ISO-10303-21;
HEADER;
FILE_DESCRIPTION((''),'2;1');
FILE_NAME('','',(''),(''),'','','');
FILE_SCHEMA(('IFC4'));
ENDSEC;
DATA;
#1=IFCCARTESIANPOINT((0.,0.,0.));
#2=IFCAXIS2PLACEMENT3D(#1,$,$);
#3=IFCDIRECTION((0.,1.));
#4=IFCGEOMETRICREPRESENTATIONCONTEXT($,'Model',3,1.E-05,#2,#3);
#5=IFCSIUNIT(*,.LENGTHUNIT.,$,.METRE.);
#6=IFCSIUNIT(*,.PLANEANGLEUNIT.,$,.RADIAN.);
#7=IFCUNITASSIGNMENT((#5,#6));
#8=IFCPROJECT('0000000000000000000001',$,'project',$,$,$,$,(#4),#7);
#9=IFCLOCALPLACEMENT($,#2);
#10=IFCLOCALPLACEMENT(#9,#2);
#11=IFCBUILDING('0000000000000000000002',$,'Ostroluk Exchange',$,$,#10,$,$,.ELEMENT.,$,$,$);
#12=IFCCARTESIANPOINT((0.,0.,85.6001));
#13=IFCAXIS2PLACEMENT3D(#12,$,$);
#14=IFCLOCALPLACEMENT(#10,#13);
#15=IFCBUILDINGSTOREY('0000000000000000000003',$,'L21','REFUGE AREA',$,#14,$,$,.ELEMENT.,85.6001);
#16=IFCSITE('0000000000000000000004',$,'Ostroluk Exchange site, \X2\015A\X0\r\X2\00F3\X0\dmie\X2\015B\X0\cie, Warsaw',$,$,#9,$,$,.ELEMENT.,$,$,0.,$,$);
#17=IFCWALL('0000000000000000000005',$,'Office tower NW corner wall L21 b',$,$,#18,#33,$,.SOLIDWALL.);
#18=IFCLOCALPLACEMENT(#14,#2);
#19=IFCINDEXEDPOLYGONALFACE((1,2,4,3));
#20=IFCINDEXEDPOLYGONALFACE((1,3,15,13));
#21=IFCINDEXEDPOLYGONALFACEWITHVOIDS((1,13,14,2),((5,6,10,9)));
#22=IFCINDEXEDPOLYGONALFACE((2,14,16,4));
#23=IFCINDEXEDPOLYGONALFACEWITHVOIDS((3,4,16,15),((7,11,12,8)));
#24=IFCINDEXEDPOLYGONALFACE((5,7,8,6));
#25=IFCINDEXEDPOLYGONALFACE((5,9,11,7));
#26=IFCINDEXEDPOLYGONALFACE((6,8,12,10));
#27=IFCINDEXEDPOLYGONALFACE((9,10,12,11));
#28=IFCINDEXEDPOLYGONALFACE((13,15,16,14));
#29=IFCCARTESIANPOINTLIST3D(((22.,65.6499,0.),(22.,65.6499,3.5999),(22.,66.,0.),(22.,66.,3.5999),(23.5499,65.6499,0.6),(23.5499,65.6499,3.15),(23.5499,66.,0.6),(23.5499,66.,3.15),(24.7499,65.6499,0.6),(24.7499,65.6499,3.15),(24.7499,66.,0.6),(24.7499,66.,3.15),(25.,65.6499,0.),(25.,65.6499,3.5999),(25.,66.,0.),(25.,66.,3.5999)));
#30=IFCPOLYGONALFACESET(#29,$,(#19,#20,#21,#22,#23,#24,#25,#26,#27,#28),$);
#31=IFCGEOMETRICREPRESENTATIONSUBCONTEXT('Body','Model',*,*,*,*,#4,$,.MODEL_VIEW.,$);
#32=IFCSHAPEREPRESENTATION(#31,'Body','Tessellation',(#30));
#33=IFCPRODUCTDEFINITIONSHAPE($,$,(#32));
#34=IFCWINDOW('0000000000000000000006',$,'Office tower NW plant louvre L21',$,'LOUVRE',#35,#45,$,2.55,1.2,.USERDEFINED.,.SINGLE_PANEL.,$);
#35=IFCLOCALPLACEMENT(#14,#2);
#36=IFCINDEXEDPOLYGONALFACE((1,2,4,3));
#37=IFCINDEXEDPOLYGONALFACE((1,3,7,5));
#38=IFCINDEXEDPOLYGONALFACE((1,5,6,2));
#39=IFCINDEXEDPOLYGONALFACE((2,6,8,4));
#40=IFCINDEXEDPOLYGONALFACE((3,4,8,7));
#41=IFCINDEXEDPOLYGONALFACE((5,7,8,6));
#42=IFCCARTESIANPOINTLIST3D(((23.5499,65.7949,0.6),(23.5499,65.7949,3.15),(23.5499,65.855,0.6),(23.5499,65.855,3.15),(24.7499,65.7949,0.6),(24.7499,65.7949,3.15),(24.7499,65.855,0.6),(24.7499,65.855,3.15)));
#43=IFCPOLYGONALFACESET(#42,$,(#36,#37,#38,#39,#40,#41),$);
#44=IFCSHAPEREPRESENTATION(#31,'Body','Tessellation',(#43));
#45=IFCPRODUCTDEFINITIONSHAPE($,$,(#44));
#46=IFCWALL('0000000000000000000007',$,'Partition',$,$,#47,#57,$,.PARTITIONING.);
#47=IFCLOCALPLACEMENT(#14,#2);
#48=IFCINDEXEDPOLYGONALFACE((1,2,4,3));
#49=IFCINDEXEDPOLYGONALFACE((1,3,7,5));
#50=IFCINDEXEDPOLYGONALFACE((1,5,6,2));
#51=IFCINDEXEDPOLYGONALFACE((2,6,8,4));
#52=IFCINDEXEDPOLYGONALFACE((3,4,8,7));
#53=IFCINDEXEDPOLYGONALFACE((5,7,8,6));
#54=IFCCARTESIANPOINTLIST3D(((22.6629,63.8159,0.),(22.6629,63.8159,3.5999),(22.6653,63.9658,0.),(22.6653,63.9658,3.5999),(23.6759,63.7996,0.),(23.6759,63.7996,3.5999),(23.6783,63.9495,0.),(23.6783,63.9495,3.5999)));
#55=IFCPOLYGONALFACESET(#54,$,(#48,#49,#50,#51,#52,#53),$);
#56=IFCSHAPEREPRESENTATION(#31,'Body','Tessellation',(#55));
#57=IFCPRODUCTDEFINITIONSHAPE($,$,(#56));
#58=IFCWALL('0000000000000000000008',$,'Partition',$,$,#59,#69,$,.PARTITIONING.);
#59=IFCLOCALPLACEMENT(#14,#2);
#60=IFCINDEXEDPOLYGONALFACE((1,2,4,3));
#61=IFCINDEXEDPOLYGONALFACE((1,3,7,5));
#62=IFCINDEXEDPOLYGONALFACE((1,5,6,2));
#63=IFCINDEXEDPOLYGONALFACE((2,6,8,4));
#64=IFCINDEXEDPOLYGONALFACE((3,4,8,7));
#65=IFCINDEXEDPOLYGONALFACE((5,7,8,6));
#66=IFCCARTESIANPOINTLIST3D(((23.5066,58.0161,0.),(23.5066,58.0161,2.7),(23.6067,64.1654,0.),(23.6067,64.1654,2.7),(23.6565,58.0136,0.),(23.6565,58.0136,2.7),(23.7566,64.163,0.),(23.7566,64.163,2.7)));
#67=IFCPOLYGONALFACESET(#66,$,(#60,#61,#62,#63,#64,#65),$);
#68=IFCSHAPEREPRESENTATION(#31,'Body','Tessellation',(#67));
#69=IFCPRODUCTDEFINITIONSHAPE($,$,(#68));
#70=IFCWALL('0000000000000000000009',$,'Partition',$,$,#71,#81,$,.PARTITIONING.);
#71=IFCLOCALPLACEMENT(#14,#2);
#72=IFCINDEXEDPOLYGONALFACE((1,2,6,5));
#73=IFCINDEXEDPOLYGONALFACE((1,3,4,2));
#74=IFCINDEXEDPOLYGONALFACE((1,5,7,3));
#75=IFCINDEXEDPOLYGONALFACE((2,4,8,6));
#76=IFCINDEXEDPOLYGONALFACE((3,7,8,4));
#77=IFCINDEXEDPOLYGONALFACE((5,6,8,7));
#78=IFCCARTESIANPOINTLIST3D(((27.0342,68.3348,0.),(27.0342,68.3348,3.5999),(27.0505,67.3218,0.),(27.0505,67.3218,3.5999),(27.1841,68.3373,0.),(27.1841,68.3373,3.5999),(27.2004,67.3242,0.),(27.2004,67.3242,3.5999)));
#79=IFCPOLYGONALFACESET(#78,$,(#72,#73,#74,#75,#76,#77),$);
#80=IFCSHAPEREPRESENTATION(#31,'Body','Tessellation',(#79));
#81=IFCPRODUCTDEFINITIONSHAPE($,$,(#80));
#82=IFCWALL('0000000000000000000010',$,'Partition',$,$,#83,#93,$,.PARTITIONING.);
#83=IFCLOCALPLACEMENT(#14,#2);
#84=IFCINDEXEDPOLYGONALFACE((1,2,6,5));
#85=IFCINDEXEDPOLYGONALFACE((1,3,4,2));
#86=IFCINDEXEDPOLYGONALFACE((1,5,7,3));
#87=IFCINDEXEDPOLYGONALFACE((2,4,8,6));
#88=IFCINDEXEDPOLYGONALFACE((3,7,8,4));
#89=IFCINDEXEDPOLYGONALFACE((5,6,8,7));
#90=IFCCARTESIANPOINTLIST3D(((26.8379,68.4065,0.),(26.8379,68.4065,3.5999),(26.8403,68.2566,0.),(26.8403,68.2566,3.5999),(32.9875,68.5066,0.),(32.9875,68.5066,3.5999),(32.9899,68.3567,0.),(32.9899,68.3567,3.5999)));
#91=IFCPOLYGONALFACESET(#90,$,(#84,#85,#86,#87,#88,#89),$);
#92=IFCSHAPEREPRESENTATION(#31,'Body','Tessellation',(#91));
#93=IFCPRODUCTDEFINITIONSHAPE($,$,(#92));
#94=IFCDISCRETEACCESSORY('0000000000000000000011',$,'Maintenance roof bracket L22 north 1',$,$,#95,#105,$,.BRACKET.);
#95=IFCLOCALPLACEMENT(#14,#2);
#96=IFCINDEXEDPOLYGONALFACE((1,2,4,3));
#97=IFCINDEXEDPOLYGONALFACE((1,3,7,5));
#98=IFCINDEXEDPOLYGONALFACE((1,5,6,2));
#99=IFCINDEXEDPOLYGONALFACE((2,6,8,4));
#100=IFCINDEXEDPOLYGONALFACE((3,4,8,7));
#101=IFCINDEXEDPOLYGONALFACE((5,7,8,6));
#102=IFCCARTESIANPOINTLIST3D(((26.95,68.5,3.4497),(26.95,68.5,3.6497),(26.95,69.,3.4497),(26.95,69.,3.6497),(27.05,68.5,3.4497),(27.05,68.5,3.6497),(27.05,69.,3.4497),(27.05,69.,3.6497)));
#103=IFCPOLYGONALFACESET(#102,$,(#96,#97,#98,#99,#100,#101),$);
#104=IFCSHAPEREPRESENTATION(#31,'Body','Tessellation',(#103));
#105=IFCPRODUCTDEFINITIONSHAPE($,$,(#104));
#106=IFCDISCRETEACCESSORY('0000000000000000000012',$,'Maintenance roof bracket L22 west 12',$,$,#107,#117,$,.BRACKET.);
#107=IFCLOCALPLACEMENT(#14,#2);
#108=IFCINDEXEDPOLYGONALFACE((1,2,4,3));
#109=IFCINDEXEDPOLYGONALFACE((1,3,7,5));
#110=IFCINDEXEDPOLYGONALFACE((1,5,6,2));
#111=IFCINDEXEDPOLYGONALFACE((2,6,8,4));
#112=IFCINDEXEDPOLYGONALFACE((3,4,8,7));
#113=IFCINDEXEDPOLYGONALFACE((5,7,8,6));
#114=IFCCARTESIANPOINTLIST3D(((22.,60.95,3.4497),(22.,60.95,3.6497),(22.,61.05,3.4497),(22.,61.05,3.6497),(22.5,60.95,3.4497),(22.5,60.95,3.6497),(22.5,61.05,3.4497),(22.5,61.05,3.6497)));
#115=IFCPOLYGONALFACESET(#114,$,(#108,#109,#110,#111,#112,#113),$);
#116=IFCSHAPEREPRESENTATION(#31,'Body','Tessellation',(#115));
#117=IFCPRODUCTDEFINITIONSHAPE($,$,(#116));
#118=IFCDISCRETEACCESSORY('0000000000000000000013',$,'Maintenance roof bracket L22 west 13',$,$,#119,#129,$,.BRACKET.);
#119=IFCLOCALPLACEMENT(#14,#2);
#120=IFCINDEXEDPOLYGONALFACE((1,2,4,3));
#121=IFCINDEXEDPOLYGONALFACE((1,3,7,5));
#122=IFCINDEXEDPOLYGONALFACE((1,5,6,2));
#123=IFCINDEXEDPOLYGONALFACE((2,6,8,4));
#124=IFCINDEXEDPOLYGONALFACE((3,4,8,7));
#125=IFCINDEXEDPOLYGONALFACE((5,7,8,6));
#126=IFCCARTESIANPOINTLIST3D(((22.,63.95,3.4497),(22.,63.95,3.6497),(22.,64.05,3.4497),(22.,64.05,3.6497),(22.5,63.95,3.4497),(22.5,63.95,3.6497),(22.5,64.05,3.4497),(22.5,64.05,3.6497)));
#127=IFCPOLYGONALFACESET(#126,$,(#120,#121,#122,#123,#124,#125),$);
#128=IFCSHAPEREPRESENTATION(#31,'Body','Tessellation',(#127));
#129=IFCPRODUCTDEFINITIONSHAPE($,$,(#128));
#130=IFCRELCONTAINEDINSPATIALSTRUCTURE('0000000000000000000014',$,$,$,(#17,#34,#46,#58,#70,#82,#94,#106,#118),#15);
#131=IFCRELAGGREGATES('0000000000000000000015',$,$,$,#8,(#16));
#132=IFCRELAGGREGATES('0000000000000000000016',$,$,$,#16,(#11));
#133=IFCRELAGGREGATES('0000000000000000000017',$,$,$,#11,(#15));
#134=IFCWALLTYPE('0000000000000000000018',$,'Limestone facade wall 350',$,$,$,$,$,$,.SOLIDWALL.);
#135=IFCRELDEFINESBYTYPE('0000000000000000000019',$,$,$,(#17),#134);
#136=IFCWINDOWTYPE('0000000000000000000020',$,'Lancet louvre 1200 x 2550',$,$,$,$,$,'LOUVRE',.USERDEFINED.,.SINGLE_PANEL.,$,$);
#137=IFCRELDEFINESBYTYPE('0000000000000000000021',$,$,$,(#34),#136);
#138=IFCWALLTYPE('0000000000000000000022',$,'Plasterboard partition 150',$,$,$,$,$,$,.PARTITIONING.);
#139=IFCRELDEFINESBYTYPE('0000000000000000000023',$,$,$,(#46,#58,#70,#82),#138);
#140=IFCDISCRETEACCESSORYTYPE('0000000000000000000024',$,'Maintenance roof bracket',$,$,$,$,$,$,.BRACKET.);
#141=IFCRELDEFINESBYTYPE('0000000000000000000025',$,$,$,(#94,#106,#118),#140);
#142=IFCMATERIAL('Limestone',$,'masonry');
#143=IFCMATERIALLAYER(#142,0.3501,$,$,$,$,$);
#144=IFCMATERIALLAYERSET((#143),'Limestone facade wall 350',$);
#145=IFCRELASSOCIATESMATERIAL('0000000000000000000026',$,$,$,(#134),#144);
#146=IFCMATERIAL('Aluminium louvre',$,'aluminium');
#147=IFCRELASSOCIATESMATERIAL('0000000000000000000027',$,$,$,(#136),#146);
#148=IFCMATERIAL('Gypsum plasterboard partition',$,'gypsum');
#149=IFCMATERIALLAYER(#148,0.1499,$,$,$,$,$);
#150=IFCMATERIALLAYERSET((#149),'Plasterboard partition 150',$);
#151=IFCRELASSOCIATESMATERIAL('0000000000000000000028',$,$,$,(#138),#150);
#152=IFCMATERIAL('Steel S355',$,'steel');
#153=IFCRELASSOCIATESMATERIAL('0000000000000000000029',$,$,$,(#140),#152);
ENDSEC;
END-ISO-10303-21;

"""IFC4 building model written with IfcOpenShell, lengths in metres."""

from ifc_helpers import new_model, si_unit, direction, frame, frame_2d, origin, origin_2d, place, context, subcontext, project, spatial, rectangle, extrude, material, layer, layer_set, type_object, element, fill, save


model = new_model("IFC4")

# Units and contexts
model_context = context("Model", 3, precision=1e-05, world=origin(), true_north=direction((0.0, 1.0)))
body_context = subcontext(model_context, "Body", "Model", "MODEL_VIEW")
ifc_project = project(units=[si_unit("LENGTHUNIT", "METRE"), si_unit("PLANEANGLEUNIT", "RADIAN")], contexts=[model_context])

# Site, building, storey
site_placement = place(None, origin())
site = spatial("IfcSite", under=ifc_project, at=site_placement, Name="Ostroluk Exchange site, Śródmieście, Warsaw", CompositionType="ELEMENT", RefElevation=0.0)
building_placement = place(site_placement, origin())
building = spatial("IfcBuilding", under=site, at=building_placement, Name="Ostroluk Exchange", CompositionType="ELEMENT")
storey_placement = place(building_placement, frame((0.0, 0.0, 85.6001)))
storey = spatial("IfcBuildingStorey", under=building, at=storey_placement, Name="L21", Description="REFUGE AREA", CompositionType="ELEMENT", Elevation=85.6001)

# Wall, opening, window
ifc_material_1 = material(Name="Limestone", Category="masonry")
ifc_layer_1 = layer(ifc_material_1, 0.3501)
ifc_layer_set_1 = layer_set([ifc_layer_1], Name="Limestone facade wall 350")
wall_type_1 = type_object("IfcWallType", Name="Limestone facade wall 350", PredefinedType="SOLIDWALL", material=ifc_layer_set_1)
ifc_material_2 = material(Name="Aluminium louvre", Category="aluminium")
window_type = type_object("IfcWindowType", Name="Lancet louvre 1200 x 2550", ElementType="LOUVRE", PartitioningType="SINGLE_PANEL", PredefinedType="USERDEFINED", material=ifc_material_2)
wall_1_placement = place(storey_placement, frame((25.0, 65.825, 0.0), z_axis=(0.0, 0.0, 1.0), x_axis=(-1.0, 0.0, 0.0)))
wall_1 = element("IfcWall", 1, at=wall_1_placement, inside=storey, type_object=wall_type_1, Name="Office tower NW corner wall L21 b", PredefinedType="SOLIDWALL", context=body_context, shape_type="SweptSolid", body=[
    extrude(rectangle(XDim=3.0, YDim=0.3501, at=frame_2d((1.5, 0.0))), origin(), (0.0, 0.0, 1.0), 3.5999),
])
opening_1_placement = place(wall_1_placement, frame((0.25, 0.0, 0.6001)))
opening_1 = element("IfcOpeningElement", 2, at=opening_1_placement, cuts=wall_1, PredefinedType="OPENING", context=body_context, shape_type="SweptSolid", body=[
    extrude(rectangle(XDim=1.2, YDim=2.55, at=frame_2d((0.6001, 1.2749))), frame((0.0, 0.1851, 0.0), z_axis=(0.0, -1.0, 0.0), x_axis=(1.0, 0.0, 0.0)), (0.0, 0.0, 1.0), 0.3701),
])
window_1_placement = place(opening_1_placement, origin())
window_1 = element("IfcWindow", 3, at=window_1_placement, inside=storey, type_object=window_type, Name="Office tower NW plant louvre L21", ObjectType="LOUVRE", OverallHeight=2.55, OverallWidth=1.2, PartitioningType="SINGLE_PANEL", PredefinedType="USERDEFINED", context=body_context, shape_type="SweptSolid", body=[
    extrude(rectangle(XDim=1.2, YDim=2.55, at=frame_2d((0.6001, 1.2749))), frame((0.0, 0.03, 0.0), z_axis=(0.0, -1.0, 0.0), x_axis=(1.0, 0.0, 0.0)), (0.0, 0.0, 1.0), 0.0601),
])
fill(opening_1, window_1)

# Walls
ifc_material_3 = material(Name="Gypsum plasterboard partition", Category="gypsum")
ifc_layer_2 = layer(ifc_material_3, 0.1499)
ifc_layer_set_2 = layer_set([ifc_layer_2], Name="Plasterboard partition 150")
wall_type_2 = type_object("IfcWallType", Name="Plasterboard partition 150", PredefinedType="PARTITIONING", material=ifc_layer_set_2)
wall_2_placement = place(storey_placement, frame((22.6641, 63.8909, 0.0), z_axis=(0.0, 0.0, 1.0), x_axis=(0.99987, -0.016146, 0.0)))
element("IfcWall", 4, at=wall_2_placement, inside=storey, type_object=wall_type_2, Name="Partition", PredefinedType="PARTITIONING", context=body_context, shape_type="SweptSolid", body=[
    extrude(rectangle(XDim=1.0132, YDim=0.1499, at=frame_2d((0.5066, 0.0))), origin(), (0.0, 0.0, 1.0), 3.5999),
])
wall_3_placement = place(storey_placement, frame((23.6816, 64.1643, 0.0), z_axis=(0.0, 0.0, 1.0), x_axis=(-0.016275, -0.999868, 0.0)))
element("IfcWall", 5, at=wall_3_placement, inside=storey, type_object=wall_type_2, Name="Partition", PredefinedType="PARTITIONING", context=body_context, shape_type="SweptSolid", body=[
    extrude(rectangle(XDim=6.1501, YDim=0.1499, at=frame_2d((3.0752, 0.0))), origin(), (0.0, 0.0, 1.0), 2.7),
])
wall_4_placement = place(storey_placement, frame((27.1255, 67.323, 0.0), z_axis=(0.0, 0.0, 1.0), x_axis=(-0.016146, 0.99987, 0.0)))
element("IfcWall", 6, at=wall_4_placement, inside=storey, type_object=wall_type_2, Name="Partition", PredefinedType="PARTITIONING", context=body_context, shape_type="SweptSolid", body=[
    extrude(rectangle(XDim=1.0132, YDim=0.1499, at=frame_2d((0.5066, 0.0))), origin(), (0.0, 0.0, 1.0), 3.5999),
])
wall_5_placement = place(storey_placement, frame((26.8391, 68.3315, 0.0), z_axis=(0.0, 0.0, 1.0), x_axis=(0.999868, 0.016275, 0.0)))
element("IfcWall", 7, at=wall_5_placement, inside=storey, type_object=wall_type_2, Name="Partition", PredefinedType="PARTITIONING", context=body_context, shape_type="SweptSolid", body=[
    extrude(rectangle(XDim=6.1504, YDim=0.1499, at=frame_2d((3.0752, 0.0))), origin(), (0.0, 0.0, 1.0), 3.5999),
])

# Discrete accessories
ifc_material_4 = material(Name="Steel S355", Category="steel")
discrete_accessory_type = type_object("IfcDiscreteAccessoryType", Name="Maintenance roof bracket", PredefinedType="BRACKET", material=ifc_material_4)
discrete_accessory_placement = place(storey_placement, frame((27.0, 68.75, 3.4497), z_axis=(0.0, 0.0, 1.0), x_axis=(1.0, 0.0, 0.0)))
element("IfcDiscreteAccessory", 8, at=discrete_accessory_placement, inside=storey, type_object=discrete_accessory_type, Name="Maintenance roof bracket L22 north 1", PredefinedType="BRACKET", context=body_context, shape_type="SweptSolid", body=[
    extrude(rectangle(XDim=0.1001, YDim=0.5, at=origin_2d()), origin(), (0.0, 0.0, 1.0), 0.2),
])
for number, where, z_axis, x_axis, name in (
    (9, (22.25, 61.0, 3.4497), (0.0, 0.0, 1.0), (1.0, 0.0, 0.0), "Maintenance roof bracket L22 west 12"),
    (10, (22.25, 64.0, 3.4497), (0.0, 0.0, 1.0), (1.0, 0.0, 0.0), "Maintenance roof bracket L22 west 13"),
):
    element("IfcDiscreteAccessory", number, at=place(storey_placement, frame(where, z_axis=z_axis, x_axis=x_axis)), inside=storey, type_object=discrete_accessory_type, Name=name, PredefinedType="BRACKET", context=body_context, shape_type="SweptSolid", body=[
        extrude(rectangle(XDim=0.5, YDim=0.1001, at=origin_2d()), origin(), (0.0, 0.0, 1.0), 0.2),
    ])

save(model, "model.ifc")
